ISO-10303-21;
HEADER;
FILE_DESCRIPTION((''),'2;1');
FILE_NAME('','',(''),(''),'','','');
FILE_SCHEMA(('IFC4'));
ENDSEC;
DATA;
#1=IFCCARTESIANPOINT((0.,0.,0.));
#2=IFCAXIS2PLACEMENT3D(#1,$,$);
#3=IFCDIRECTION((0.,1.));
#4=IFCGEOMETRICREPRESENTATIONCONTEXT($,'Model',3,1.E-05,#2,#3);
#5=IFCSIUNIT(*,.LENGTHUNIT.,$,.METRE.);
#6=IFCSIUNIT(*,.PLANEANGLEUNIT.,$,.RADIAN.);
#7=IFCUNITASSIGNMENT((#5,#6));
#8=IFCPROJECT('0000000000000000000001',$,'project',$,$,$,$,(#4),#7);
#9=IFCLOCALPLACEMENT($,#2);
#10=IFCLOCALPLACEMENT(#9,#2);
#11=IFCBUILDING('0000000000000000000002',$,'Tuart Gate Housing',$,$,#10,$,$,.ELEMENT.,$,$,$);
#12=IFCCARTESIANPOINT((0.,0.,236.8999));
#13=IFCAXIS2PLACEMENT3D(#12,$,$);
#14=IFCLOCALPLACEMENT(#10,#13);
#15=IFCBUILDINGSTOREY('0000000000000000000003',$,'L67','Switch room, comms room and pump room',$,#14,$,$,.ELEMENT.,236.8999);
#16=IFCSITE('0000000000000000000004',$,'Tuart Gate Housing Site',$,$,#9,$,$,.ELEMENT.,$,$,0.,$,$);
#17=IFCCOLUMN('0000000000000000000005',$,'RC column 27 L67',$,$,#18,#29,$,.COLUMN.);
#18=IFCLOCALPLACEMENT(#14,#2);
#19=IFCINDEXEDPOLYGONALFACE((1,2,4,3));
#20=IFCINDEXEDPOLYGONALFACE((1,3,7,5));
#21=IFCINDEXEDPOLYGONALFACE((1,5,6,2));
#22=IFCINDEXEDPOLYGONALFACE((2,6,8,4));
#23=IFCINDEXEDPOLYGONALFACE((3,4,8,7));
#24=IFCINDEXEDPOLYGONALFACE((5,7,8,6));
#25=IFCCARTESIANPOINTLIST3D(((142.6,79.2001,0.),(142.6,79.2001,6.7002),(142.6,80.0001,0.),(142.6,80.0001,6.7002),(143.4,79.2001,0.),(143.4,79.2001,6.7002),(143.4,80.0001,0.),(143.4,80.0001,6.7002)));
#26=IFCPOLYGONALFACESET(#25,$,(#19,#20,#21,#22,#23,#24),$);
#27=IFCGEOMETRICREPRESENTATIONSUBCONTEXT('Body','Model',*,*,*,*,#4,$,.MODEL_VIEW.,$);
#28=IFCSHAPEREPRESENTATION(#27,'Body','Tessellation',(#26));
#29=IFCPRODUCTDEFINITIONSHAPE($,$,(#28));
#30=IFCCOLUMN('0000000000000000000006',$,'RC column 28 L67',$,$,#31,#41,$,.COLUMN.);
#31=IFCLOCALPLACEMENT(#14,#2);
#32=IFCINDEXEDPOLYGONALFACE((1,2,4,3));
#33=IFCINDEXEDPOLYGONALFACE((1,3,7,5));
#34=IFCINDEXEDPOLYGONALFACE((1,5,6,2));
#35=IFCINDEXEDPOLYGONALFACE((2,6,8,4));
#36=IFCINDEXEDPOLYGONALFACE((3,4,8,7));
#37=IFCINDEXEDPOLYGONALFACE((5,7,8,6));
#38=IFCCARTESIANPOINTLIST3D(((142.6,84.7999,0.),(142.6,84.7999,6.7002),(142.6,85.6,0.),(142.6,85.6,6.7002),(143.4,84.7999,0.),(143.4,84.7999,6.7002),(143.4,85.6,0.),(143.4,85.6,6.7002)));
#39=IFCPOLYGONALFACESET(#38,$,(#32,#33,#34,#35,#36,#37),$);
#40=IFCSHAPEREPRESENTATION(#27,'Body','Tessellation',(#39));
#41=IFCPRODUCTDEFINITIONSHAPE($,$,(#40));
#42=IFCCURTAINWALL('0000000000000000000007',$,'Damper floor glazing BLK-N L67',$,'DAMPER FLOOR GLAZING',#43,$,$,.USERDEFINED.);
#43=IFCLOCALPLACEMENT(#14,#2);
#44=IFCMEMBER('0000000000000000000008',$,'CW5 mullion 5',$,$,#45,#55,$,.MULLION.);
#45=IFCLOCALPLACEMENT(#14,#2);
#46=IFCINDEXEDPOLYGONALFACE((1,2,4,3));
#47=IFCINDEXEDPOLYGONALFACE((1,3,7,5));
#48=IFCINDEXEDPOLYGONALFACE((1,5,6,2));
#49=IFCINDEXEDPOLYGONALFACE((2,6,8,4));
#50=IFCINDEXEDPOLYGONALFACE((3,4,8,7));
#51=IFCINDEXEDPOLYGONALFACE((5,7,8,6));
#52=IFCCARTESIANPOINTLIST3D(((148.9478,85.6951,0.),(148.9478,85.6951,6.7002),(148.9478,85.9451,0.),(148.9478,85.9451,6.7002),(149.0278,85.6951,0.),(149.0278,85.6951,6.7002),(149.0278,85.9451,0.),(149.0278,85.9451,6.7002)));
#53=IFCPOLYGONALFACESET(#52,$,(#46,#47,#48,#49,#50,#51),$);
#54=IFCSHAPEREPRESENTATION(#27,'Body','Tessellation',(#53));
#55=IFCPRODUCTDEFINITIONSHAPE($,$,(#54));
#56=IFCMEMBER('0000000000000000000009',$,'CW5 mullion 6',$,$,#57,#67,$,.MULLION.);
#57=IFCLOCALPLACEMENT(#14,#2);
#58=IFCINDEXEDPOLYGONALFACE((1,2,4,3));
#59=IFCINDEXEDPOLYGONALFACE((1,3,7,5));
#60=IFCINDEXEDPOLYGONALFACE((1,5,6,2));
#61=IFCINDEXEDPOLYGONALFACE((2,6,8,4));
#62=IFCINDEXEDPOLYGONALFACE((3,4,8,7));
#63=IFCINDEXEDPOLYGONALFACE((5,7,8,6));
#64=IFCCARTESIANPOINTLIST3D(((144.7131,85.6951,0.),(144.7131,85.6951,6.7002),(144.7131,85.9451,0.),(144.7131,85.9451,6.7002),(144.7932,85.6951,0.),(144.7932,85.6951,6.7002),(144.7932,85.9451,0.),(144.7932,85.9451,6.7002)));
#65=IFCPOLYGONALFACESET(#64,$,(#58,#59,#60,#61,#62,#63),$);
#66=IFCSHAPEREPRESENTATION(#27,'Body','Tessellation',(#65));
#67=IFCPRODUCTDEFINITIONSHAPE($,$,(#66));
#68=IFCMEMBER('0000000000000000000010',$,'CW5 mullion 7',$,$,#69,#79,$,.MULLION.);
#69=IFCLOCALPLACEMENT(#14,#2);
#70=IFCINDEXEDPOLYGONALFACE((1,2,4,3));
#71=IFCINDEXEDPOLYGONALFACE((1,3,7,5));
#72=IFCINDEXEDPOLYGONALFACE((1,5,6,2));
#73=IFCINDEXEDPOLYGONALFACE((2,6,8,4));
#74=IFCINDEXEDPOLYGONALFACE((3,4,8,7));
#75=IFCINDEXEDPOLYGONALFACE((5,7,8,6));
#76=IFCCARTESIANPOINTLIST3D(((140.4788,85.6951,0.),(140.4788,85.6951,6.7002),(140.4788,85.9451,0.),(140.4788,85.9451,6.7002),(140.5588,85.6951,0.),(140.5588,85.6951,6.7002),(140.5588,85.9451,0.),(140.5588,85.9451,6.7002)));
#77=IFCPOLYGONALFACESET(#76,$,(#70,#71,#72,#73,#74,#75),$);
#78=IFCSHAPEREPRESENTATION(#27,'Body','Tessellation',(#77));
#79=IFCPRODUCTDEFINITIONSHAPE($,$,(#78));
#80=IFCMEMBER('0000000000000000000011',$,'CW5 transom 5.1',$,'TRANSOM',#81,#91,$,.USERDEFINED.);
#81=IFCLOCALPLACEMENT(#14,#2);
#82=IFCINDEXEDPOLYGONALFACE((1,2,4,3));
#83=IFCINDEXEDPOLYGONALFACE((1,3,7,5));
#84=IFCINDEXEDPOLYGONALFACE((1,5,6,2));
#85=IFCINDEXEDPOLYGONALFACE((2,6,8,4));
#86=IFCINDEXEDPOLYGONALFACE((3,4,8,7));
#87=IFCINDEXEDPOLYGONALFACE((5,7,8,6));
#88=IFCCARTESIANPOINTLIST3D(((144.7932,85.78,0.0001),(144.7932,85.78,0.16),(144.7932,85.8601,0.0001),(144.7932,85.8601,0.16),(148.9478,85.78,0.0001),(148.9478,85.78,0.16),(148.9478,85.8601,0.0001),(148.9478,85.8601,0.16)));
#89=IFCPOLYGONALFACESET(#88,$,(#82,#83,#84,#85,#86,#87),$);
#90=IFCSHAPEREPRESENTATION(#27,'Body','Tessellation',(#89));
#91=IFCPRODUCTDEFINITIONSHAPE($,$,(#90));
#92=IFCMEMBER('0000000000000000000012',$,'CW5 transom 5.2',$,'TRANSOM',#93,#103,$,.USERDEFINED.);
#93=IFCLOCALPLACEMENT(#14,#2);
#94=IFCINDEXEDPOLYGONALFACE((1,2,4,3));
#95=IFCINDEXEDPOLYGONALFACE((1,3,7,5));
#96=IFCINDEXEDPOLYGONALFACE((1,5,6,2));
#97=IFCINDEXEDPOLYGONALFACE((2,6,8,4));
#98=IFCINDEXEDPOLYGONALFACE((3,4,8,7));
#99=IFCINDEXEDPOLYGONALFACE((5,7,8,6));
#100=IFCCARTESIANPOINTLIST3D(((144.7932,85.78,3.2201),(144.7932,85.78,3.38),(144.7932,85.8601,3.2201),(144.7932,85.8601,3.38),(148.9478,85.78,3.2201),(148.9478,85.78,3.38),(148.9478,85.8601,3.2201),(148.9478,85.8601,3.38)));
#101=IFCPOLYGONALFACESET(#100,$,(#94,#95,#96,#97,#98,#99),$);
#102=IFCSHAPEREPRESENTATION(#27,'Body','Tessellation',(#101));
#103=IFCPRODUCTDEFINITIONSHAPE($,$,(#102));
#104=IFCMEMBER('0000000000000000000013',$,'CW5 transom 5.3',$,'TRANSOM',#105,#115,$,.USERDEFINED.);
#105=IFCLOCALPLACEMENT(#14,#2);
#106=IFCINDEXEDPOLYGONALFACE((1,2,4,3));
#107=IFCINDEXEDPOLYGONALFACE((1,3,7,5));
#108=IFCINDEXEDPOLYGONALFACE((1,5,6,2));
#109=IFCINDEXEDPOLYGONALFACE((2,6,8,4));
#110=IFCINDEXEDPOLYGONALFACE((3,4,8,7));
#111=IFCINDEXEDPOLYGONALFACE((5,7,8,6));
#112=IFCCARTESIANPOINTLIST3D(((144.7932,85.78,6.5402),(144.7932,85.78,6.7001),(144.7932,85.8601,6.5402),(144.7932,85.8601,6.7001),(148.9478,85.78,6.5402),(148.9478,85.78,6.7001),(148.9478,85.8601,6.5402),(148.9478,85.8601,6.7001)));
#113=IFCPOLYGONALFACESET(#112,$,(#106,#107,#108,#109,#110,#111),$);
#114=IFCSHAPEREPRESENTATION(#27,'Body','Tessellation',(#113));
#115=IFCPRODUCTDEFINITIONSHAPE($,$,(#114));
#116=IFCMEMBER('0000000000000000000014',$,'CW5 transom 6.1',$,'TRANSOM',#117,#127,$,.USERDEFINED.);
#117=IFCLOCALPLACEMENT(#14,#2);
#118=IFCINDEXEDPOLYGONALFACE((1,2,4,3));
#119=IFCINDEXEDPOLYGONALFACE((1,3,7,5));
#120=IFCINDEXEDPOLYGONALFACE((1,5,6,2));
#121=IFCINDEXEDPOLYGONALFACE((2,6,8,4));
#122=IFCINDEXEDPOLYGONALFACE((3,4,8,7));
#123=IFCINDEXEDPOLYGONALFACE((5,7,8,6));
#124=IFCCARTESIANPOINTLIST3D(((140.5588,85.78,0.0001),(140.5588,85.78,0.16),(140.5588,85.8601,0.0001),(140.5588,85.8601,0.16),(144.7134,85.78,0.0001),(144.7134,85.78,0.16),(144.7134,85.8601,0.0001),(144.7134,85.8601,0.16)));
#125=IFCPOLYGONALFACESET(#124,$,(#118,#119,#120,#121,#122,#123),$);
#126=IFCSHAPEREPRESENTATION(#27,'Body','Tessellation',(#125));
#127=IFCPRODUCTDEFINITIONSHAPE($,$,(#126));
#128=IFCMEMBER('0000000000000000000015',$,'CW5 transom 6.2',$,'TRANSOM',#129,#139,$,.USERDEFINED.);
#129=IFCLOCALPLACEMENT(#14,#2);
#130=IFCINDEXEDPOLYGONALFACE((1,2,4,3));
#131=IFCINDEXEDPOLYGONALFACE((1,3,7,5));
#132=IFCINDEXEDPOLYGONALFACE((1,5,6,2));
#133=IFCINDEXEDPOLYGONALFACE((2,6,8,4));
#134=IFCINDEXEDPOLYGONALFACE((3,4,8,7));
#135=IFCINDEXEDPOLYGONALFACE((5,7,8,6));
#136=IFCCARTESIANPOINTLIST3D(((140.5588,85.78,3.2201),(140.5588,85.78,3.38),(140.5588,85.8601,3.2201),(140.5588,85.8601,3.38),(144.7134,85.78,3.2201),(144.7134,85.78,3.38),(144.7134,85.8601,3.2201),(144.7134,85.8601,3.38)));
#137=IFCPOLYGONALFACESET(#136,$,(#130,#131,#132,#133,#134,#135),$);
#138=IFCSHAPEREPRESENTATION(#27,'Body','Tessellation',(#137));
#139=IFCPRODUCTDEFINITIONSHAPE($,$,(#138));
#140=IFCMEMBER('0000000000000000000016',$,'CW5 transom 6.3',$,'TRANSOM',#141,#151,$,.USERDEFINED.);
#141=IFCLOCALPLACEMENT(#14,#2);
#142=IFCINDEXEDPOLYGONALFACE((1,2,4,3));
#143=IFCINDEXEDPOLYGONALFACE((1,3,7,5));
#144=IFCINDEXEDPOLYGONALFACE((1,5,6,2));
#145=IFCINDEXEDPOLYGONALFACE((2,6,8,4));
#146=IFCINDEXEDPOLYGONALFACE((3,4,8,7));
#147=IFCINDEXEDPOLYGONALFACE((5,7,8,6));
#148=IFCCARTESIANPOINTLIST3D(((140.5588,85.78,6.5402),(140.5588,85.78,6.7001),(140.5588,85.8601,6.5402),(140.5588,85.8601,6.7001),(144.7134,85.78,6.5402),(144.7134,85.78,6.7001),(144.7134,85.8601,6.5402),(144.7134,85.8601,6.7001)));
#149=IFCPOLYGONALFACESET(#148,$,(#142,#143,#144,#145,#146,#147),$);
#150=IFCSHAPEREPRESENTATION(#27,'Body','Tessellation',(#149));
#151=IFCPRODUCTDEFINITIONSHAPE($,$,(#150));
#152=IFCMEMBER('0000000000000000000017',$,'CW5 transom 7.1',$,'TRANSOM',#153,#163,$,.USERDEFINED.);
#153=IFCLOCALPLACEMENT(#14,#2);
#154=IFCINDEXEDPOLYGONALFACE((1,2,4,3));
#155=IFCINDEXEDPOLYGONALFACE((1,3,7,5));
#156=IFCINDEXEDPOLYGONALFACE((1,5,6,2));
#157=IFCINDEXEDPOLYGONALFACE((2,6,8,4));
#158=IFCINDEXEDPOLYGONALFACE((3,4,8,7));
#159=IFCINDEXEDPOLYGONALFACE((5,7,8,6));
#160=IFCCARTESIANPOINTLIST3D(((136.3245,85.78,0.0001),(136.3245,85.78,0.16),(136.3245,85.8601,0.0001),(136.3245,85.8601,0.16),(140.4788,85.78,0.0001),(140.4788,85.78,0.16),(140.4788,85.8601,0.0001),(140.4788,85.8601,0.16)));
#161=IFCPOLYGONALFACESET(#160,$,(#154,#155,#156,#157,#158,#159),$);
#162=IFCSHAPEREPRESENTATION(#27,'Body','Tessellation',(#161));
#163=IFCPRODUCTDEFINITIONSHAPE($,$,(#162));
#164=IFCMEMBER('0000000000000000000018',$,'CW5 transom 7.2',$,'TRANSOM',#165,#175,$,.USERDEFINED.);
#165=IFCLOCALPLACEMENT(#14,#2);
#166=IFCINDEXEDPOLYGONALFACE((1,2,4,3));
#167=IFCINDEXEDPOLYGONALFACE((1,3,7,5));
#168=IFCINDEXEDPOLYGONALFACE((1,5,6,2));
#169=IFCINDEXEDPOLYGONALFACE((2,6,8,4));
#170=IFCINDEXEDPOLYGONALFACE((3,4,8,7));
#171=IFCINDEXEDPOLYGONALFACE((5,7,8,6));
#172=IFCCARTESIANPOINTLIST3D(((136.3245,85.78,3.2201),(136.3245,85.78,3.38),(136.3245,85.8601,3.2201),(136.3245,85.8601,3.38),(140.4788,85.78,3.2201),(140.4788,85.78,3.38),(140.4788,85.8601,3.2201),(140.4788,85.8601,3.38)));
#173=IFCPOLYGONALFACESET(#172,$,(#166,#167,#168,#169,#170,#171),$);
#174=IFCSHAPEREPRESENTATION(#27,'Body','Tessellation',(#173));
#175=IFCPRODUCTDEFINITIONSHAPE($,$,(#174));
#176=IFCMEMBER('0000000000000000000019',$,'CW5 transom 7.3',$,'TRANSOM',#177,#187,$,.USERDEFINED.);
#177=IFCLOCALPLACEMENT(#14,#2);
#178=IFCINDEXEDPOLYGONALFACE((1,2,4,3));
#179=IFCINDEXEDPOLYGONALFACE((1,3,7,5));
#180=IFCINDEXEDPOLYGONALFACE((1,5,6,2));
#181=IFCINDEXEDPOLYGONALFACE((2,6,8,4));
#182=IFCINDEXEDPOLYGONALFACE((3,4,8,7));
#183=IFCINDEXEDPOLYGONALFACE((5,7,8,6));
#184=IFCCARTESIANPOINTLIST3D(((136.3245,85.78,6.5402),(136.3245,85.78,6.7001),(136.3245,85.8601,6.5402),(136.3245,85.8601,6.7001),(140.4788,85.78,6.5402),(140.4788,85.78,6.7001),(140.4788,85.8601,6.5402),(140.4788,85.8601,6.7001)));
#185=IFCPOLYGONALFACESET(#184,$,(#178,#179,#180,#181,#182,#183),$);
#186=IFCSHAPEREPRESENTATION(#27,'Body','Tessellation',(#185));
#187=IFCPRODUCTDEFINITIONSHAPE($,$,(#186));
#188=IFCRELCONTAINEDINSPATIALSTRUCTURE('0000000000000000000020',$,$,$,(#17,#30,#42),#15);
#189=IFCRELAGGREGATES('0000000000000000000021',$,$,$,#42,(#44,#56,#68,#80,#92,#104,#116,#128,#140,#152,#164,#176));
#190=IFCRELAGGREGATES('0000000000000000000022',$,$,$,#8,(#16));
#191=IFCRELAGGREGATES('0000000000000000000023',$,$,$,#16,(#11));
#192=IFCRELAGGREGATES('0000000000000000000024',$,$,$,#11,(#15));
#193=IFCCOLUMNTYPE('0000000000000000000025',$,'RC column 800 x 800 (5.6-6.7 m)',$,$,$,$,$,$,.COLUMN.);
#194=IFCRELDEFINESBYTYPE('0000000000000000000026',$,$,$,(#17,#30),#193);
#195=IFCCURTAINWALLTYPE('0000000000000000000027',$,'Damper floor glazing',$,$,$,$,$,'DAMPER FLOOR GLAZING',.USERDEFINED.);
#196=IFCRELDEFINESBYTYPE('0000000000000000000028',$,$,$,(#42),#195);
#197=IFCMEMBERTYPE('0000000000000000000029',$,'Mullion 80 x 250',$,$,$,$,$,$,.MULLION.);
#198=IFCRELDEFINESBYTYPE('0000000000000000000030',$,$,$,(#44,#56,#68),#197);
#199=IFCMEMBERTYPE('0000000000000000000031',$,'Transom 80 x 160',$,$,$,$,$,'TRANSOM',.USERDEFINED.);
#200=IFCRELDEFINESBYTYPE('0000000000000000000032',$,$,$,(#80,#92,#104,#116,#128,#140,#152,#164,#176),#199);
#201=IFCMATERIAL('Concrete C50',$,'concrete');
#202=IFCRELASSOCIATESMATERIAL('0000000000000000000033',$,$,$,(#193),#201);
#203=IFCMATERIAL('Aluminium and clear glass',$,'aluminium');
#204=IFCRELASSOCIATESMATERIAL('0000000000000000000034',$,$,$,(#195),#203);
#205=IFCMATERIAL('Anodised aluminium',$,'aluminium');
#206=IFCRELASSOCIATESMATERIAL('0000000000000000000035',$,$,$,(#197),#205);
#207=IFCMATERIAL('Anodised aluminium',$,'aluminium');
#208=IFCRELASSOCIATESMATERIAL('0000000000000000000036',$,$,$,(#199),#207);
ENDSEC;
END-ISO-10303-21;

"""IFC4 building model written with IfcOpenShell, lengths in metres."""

from ifc_helpers import new_model, si_unit, direction, frame, origin, origin_2d, place, context, subcontext, project, spatial, rectangle, extrude, material, material_profile, profile_set, type_object, element, aggregate, save


model = new_model("IFC4")

# Units and contexts
model_context = context("Model", 3, precision=1e-05, world=origin(), true_north=direction((0.0, 1.0)))
body_context = subcontext(model_context, "Body", "Model", "MODEL_VIEW")
ifc_project = project(units=[si_unit("LENGTHUNIT", "METRE"), si_unit("PLANEANGLEUNIT", "RADIAN")], contexts=[model_context])

# Site, building, storey
site_placement = place(None, origin())
site = spatial("IfcSite", under=ifc_project, at=site_placement, Name="Tuart Gate Housing Site", CompositionType="ELEMENT", RefElevation=0.0)
building_placement = place(site_placement, origin())
building = spatial("IfcBuilding", under=site, at=building_placement, Name="Tuart Gate Housing", CompositionType="ELEMENT")
storey_placement = place(building_placement, frame((0.0, 0.0, 236.8999)))
storey = spatial("IfcBuildingStorey", under=building, at=storey_placement, Name="L67", Description="Switch room, comms room and pump room", CompositionType="ELEMENT", Elevation=236.8999)

# Columns
ifc_material_1 = material(Name="Concrete C50", Category="concrete")
ifc_material_profile_1 = material_profile(ifc_material_1, rectangle(XDim=0.8, YDim=0.8, at=origin_2d()), Name="RC column 800 x 800 (5.6-6.7 m)")
ifc_profile_set_1 = profile_set([ifc_material_profile_1], Name="Concrete C50")
column_type = type_object("IfcColumnType", Name="RC column 800 x 800 (5.6-6.7 m)", PredefinedType="COLUMN", material=ifc_profile_set_1)
for number, where, z_axis, x_axis, name in (
    (1, (143.0, 79.6001, 0.0), (0.0, 0.0, 1.0), (1.0, 0.0, 0.0), "RC column 27 L67"),
    (2, (143.0, 85.2, 0.0), (0.0, 0.0, 1.0), (1.0, 0.0, 0.0), "RC column 28 L67"),
):
    element("IfcColumn", number, at=place(storey_placement, frame(where, z_axis=z_axis, x_axis=x_axis)), inside=storey, type_object=column_type, Name=name, PredefinedType="COLUMN", context=body_context, shape_type="SweptSolid", body=[
        extrude(rectangle(XDim=0.8, YDim=0.8, at=origin_2d()), origin(), (0.0, 0.0, 1.0), 6.7002),
    ])

# Curtain wall, members
ifc_material_2 = material(Name="Aluminium and clear glass", Category="aluminium")
curtain_wall_type = type_object("IfcCurtainWallType", Name="Damper floor glazing", ElementType="DAMPER FLOOR GLAZING", PredefinedType="USERDEFINED", material=ifc_material_2)
curtain_wall_placement = place(storey_placement, origin())
curtain_wall = element("IfcCurtainWall", 3, at=curtain_wall_placement, inside=storey, type_object=curtain_wall_type, Name="Damper floor glazing BLK-N L67", ObjectType="DAMPER FLOOR GLAZING", PredefinedType="USERDEFINED")
ifc_material_3 = material(Name="Anodised aluminium", Category="aluminium")
ifc_material_profile_2 = material_profile(ifc_material_3, rectangle(XDim=0.0801, YDim=0.25, at=origin_2d()), Name="80x250")
ifc_profile_set_2 = profile_set([ifc_material_profile_2], Name="Anodised aluminium")
member_type_1 = type_object("IfcMemberType", Name="Mullion 80 x 250", PredefinedType="MULLION", material=ifc_profile_set_2)
member_1_placement = place(storey_placement, frame((148.9878, 85.8201, 0.0), z_axis=(0.0, 0.0, 1.0), x_axis=(-1.0, 0.0, 0.0)))
member_1 = element("IfcMember", 4, at=member_1_placement, type_object=member_type_1, Name="CW5 mullion 5", PredefinedType="MULLION", context=body_context, shape_type="SweptSolid", body=[
    extrude(rectangle(XDim=0.0801, YDim=0.25, at=origin_2d()), origin(), (0.0, 0.0, 1.0), 6.7002),
])
member_2_placement = place(storey_placement, frame((144.7532, 85.8201, 0.0), z_axis=(0.0, 0.0, 1.0), x_axis=(-1.0, 0.0, 0.0)))
member_2 = element("IfcMember", 5, at=member_2_placement, type_object=member_type_1, Name="CW5 mullion 6", PredefinedType="MULLION", context=body_context, shape_type="SweptSolid", body=[
    extrude(rectangle(XDim=0.0801, YDim=0.25, at=origin_2d()), origin(), (0.0, 0.0, 1.0), 6.7002),
])
member_3_placement = place(storey_placement, frame((140.5188, 85.8201, 0.0), z_axis=(0.0, 0.0, 1.0), x_axis=(-1.0, 0.0, 0.0)))
member_3 = element("IfcMember", 6, at=member_3_placement, type_object=member_type_1, Name="CW5 mullion 7", PredefinedType="MULLION", context=body_context, shape_type="SweptSolid", body=[
    extrude(rectangle(XDim=0.0801, YDim=0.25, at=origin_2d()), origin(), (0.0, 0.0, 1.0), 6.7002),
])
ifc_material_4 = material(Name="Anodised aluminium", Category="aluminium")
ifc_material_profile_3 = material_profile(ifc_material_4, rectangle(XDim=0.0801, YDim=0.1599, at=origin_2d()), Name="80x160")
ifc_profile_set_3 = profile_set([ifc_material_profile_3], Name="Anodised aluminium")
member_type_2 = type_object("IfcMemberType", Name="Transom 80 x 160", ElementType="TRANSOM", PredefinedType="USERDEFINED", material=ifc_profile_set_3)
member_4_placement = place(storey_placement, frame((148.9478, 85.8201, 0.0801), z_axis=(-1.0, 0.0, 0.0), x_axis=(0.0, -1.0, 0.0)))
member_4 = element("IfcMember", 7, at=member_4_placement, type_object=member_type_2, Name="CW5 transom 5.1", ObjectType="TRANSOM", PredefinedType="USERDEFINED", context=body_context, shape_type="SweptSolid", body=[
    extrude(rectangle(XDim=0.0801, YDim=0.1599, at=origin_2d()), origin(), (0.0, 0.0, 1.0), 4.1545),
])
member_5_placement = place(storey_placement, frame((148.9478, 85.8201, 3.3), z_axis=(-1.0, 0.0, 0.0), x_axis=(0.0, -1.0, 0.0)))
member_5 = element("IfcMember", 8, at=member_5_placement, type_object=member_type_2, Name="CW5 transom 5.2", ObjectType="TRANSOM", PredefinedType="USERDEFINED", context=body_context, shape_type="SweptSolid", body=[
    extrude(rectangle(XDim=0.0801, YDim=0.1599, at=origin_2d()), origin(), (0.0, 0.0, 1.0), 4.1545),
])
member_6_placement = place(storey_placement, frame((148.9478, 85.8201, 6.6201), z_axis=(-1.0, 0.0, 0.0), x_axis=(0.0, -1.0, 0.0)))
member_6 = element("IfcMember", 9, at=member_6_placement, type_object=member_type_2, Name="CW5 transom 5.3", ObjectType="TRANSOM", PredefinedType="USERDEFINED", context=body_context, shape_type="SweptSolid", body=[
    extrude(rectangle(XDim=0.0801, YDim=0.1599, at=origin_2d()), origin(), (0.0, 0.0, 1.0), 4.1545),
])
member_7_placement = place(storey_placement, frame((144.7134, 85.8201, 0.0801), z_axis=(-1.0, 0.0, 0.0), x_axis=(0.0, -1.0, 0.0)))
member_7 = element("IfcMember", 10, at=member_7_placement, type_object=member_type_2, Name="CW5 transom 6.1", ObjectType="TRANSOM", PredefinedType="USERDEFINED", context=body_context, shape_type="SweptSolid", body=[
    extrude(rectangle(XDim=0.0801, YDim=0.1599, at=origin_2d()), origin(), (0.0, 0.0, 1.0), 4.1545),
])
member_8_placement = place(storey_placement, frame((144.7134, 85.8201, 3.3), z_axis=(-1.0, 0.0, 0.0), x_axis=(0.0, -1.0, 0.0)))
member_8 = element("IfcMember", 11, at=member_8_placement, type_object=member_type_2, Name="CW5 transom 6.2", ObjectType="TRANSOM", PredefinedType="USERDEFINED", context=body_context, shape_type="SweptSolid", body=[
    extrude(rectangle(XDim=0.0801, YDim=0.1599, at=origin_2d()), origin(), (0.0, 0.0, 1.0), 4.1545),
])
member_9_placement = place(storey_placement, frame((144.7134, 85.8201, 6.6201), z_axis=(-1.0, 0.0, 0.0), x_axis=(0.0, -1.0, 0.0)))
member_9 = element("IfcMember", 12, at=member_9_placement, type_object=member_type_2, Name="CW5 transom 6.3", ObjectType="TRANSOM", PredefinedType="USERDEFINED", context=body_context, shape_type="SweptSolid", body=[
    extrude(rectangle(XDim=0.0801, YDim=0.1599, at=origin_2d()), origin(), (0.0, 0.0, 1.0), 4.1545),
])
member_10_placement = place(storey_placement, frame((140.4788, 85.8201, 0.0801), z_axis=(-1.0, 0.0, 0.0), x_axis=(0.0, -1.0, 0.0)))
member_10 = element("IfcMember", 13, at=member_10_placement, type_object=member_type_2, Name="CW5 transom 7.1", ObjectType="TRANSOM", PredefinedType="USERDEFINED", context=body_context, shape_type="SweptSolid", body=[
    extrude(rectangle(XDim=0.0801, YDim=0.1599, at=origin_2d()), origin(), (0.0, 0.0, 1.0), 4.1543),
])
member_11_placement = place(storey_placement, frame((140.4788, 85.8201, 3.3), z_axis=(-1.0, 0.0, 0.0), x_axis=(0.0, -1.0, 0.0)))
member_11 = element("IfcMember", 14, at=member_11_placement, type_object=member_type_2, Name="CW5 transom 7.2", ObjectType="TRANSOM", PredefinedType="USERDEFINED", context=body_context, shape_type="SweptSolid", body=[
    extrude(rectangle(XDim=0.0801, YDim=0.1599, at=origin_2d()), origin(), (0.0, 0.0, 1.0), 4.1543),
])
member_12_placement = place(storey_placement, frame((140.4788, 85.8201, 6.6201), z_axis=(-1.0, 0.0, 0.0), x_axis=(0.0, -1.0, 0.0)))
member_12 = element("IfcMember", 15, at=member_12_placement, type_object=member_type_2, Name="CW5 transom 7.3", ObjectType="TRANSOM", PredefinedType="USERDEFINED", context=body_context, shape_type="SweptSolid", body=[
    extrude(rectangle(XDim=0.0801, YDim=0.1599, at=origin_2d()), origin(), (0.0, 0.0, 1.0), 4.1543),
])
aggregate(curtain_wall, [member_1, member_2, member_3, member_4, member_5, member_6, member_7, member_8, member_9, member_10, member_11, member_12])

save(model, "model.ifc")
